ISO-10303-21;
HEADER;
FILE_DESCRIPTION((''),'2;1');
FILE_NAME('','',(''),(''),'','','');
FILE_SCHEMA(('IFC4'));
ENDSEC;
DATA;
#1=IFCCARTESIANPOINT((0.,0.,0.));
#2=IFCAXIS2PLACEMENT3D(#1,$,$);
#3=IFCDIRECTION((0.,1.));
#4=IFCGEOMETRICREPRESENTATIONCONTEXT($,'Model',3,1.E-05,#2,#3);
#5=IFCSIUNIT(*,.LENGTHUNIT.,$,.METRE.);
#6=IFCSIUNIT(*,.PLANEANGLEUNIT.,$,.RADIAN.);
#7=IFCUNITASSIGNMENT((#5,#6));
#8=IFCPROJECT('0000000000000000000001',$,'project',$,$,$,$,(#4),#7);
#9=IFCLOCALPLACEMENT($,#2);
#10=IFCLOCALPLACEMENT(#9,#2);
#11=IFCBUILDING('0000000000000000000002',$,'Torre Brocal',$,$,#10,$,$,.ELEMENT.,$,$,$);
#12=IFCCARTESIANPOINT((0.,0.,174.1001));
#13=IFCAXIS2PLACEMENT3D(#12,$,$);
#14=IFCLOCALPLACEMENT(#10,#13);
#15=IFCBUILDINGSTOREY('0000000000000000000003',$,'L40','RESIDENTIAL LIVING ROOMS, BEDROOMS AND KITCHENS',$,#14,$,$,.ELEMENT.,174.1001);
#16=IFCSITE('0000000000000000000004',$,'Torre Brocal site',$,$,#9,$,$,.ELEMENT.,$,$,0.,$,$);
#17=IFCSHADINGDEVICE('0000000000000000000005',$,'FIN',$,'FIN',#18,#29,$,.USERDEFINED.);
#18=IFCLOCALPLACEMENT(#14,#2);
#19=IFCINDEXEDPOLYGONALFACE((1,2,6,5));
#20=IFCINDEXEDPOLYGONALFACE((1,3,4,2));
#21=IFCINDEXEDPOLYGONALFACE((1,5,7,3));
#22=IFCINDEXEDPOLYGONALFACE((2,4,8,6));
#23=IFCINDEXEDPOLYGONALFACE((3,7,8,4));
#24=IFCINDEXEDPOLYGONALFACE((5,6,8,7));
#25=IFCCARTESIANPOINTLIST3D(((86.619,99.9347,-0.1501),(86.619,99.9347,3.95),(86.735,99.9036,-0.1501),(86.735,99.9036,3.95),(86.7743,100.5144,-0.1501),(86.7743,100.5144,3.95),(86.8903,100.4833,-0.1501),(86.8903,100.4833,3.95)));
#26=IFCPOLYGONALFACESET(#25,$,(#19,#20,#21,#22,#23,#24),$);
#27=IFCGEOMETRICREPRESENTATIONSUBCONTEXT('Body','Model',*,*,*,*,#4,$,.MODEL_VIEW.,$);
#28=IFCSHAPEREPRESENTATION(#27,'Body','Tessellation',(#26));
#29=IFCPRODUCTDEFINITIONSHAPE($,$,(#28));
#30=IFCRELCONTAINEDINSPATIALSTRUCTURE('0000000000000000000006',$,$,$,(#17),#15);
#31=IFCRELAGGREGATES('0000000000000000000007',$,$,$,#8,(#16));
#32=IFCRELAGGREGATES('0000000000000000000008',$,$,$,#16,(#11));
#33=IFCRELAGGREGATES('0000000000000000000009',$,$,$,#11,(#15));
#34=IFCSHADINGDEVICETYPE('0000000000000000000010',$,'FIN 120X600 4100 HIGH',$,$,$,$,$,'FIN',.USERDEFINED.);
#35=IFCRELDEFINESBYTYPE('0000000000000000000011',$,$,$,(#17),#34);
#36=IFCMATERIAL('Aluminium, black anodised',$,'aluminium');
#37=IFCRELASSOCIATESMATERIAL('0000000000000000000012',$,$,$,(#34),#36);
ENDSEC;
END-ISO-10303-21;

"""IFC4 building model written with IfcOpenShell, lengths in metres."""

from ifc_helpers import new_model, si_unit, direction, frame, origin, origin_2d, place, context, subcontext, project, spatial, rectangle, extrude, material, material_profile, profile_set, type_object, element, save


model = new_model("IFC4")

# Units and contexts
model_context = context("Model", 3, precision=1e-05, world=origin(), true_north=direction((0.0, 1.0)))
body_context = subcontext(model_context, "Body", "Model", "MODEL_VIEW")
ifc_project = project(units=[si_unit("LENGTHUNIT", "METRE"), si_unit("PLANEANGLEUNIT", "RADIAN")], contexts=[model_context])

# Site, building, storey
site_placement = place(None, origin())
site = spatial("IfcSite", under=ifc_project, at=site_placement, Name="Torre Brocal site", CompositionType="ELEMENT", RefElevation=0.0)
building_placement = place(site_placement, origin())
building = spatial("IfcBuilding", under=site, at=building_placement, Name="Torre Brocal", CompositionType="ELEMENT")
storey_placement = place(building_placement, frame((0.0, 0.0, 174.1001)))
storey = spatial("IfcBuildingStorey", under=building, at=storey_placement, Name="L40", Description="RESIDENTIAL LIVING ROOMS, BEDROOMS AND KITCHENS", CompositionType="ELEMENT", Elevation=174.1001)

# Shading device
ifc_material_1 = material(Name="Aluminium, black anodised", Category="aluminium")
ifc_material_profile_1 = material_profile(ifc_material_1, rectangle(XDim=0.1201, YDim=0.6001, at=origin_2d()), Name="FIN 120X600 4100 HIGH")
ifc_profile_set_1 = profile_set([ifc_material_profile_1], Name="Aluminium, black anodised")
shading_device_type = type_object("IfcShadingDeviceType", Name="FIN 120X600 4100 HIGH", ElementType="FIN", PredefinedType="USERDEFINED", material=ifc_profile_set_1)
shading_device_placement = place(storey_placement, frame((86.7546, 100.209, -0.1501), z_axis=(0.0, 0.0, 1.0), x_axis=(-0.965926, 0.258819, 0.0)))
element("IfcShadingDevice", 1, at=shading_device_placement, inside=storey, type_object=shading_device_type, Name="FIN", ObjectType="FIN", PredefinedType="USERDEFINED", context=body_context, shape_type="SweptSolid", body=[
    extrude(rectangle(XDim=0.1201, YDim=0.6001, at=origin_2d()), origin(), (0.0, 0.0, 1.0), 4.1001),
])

save(model, "model.ifc")
